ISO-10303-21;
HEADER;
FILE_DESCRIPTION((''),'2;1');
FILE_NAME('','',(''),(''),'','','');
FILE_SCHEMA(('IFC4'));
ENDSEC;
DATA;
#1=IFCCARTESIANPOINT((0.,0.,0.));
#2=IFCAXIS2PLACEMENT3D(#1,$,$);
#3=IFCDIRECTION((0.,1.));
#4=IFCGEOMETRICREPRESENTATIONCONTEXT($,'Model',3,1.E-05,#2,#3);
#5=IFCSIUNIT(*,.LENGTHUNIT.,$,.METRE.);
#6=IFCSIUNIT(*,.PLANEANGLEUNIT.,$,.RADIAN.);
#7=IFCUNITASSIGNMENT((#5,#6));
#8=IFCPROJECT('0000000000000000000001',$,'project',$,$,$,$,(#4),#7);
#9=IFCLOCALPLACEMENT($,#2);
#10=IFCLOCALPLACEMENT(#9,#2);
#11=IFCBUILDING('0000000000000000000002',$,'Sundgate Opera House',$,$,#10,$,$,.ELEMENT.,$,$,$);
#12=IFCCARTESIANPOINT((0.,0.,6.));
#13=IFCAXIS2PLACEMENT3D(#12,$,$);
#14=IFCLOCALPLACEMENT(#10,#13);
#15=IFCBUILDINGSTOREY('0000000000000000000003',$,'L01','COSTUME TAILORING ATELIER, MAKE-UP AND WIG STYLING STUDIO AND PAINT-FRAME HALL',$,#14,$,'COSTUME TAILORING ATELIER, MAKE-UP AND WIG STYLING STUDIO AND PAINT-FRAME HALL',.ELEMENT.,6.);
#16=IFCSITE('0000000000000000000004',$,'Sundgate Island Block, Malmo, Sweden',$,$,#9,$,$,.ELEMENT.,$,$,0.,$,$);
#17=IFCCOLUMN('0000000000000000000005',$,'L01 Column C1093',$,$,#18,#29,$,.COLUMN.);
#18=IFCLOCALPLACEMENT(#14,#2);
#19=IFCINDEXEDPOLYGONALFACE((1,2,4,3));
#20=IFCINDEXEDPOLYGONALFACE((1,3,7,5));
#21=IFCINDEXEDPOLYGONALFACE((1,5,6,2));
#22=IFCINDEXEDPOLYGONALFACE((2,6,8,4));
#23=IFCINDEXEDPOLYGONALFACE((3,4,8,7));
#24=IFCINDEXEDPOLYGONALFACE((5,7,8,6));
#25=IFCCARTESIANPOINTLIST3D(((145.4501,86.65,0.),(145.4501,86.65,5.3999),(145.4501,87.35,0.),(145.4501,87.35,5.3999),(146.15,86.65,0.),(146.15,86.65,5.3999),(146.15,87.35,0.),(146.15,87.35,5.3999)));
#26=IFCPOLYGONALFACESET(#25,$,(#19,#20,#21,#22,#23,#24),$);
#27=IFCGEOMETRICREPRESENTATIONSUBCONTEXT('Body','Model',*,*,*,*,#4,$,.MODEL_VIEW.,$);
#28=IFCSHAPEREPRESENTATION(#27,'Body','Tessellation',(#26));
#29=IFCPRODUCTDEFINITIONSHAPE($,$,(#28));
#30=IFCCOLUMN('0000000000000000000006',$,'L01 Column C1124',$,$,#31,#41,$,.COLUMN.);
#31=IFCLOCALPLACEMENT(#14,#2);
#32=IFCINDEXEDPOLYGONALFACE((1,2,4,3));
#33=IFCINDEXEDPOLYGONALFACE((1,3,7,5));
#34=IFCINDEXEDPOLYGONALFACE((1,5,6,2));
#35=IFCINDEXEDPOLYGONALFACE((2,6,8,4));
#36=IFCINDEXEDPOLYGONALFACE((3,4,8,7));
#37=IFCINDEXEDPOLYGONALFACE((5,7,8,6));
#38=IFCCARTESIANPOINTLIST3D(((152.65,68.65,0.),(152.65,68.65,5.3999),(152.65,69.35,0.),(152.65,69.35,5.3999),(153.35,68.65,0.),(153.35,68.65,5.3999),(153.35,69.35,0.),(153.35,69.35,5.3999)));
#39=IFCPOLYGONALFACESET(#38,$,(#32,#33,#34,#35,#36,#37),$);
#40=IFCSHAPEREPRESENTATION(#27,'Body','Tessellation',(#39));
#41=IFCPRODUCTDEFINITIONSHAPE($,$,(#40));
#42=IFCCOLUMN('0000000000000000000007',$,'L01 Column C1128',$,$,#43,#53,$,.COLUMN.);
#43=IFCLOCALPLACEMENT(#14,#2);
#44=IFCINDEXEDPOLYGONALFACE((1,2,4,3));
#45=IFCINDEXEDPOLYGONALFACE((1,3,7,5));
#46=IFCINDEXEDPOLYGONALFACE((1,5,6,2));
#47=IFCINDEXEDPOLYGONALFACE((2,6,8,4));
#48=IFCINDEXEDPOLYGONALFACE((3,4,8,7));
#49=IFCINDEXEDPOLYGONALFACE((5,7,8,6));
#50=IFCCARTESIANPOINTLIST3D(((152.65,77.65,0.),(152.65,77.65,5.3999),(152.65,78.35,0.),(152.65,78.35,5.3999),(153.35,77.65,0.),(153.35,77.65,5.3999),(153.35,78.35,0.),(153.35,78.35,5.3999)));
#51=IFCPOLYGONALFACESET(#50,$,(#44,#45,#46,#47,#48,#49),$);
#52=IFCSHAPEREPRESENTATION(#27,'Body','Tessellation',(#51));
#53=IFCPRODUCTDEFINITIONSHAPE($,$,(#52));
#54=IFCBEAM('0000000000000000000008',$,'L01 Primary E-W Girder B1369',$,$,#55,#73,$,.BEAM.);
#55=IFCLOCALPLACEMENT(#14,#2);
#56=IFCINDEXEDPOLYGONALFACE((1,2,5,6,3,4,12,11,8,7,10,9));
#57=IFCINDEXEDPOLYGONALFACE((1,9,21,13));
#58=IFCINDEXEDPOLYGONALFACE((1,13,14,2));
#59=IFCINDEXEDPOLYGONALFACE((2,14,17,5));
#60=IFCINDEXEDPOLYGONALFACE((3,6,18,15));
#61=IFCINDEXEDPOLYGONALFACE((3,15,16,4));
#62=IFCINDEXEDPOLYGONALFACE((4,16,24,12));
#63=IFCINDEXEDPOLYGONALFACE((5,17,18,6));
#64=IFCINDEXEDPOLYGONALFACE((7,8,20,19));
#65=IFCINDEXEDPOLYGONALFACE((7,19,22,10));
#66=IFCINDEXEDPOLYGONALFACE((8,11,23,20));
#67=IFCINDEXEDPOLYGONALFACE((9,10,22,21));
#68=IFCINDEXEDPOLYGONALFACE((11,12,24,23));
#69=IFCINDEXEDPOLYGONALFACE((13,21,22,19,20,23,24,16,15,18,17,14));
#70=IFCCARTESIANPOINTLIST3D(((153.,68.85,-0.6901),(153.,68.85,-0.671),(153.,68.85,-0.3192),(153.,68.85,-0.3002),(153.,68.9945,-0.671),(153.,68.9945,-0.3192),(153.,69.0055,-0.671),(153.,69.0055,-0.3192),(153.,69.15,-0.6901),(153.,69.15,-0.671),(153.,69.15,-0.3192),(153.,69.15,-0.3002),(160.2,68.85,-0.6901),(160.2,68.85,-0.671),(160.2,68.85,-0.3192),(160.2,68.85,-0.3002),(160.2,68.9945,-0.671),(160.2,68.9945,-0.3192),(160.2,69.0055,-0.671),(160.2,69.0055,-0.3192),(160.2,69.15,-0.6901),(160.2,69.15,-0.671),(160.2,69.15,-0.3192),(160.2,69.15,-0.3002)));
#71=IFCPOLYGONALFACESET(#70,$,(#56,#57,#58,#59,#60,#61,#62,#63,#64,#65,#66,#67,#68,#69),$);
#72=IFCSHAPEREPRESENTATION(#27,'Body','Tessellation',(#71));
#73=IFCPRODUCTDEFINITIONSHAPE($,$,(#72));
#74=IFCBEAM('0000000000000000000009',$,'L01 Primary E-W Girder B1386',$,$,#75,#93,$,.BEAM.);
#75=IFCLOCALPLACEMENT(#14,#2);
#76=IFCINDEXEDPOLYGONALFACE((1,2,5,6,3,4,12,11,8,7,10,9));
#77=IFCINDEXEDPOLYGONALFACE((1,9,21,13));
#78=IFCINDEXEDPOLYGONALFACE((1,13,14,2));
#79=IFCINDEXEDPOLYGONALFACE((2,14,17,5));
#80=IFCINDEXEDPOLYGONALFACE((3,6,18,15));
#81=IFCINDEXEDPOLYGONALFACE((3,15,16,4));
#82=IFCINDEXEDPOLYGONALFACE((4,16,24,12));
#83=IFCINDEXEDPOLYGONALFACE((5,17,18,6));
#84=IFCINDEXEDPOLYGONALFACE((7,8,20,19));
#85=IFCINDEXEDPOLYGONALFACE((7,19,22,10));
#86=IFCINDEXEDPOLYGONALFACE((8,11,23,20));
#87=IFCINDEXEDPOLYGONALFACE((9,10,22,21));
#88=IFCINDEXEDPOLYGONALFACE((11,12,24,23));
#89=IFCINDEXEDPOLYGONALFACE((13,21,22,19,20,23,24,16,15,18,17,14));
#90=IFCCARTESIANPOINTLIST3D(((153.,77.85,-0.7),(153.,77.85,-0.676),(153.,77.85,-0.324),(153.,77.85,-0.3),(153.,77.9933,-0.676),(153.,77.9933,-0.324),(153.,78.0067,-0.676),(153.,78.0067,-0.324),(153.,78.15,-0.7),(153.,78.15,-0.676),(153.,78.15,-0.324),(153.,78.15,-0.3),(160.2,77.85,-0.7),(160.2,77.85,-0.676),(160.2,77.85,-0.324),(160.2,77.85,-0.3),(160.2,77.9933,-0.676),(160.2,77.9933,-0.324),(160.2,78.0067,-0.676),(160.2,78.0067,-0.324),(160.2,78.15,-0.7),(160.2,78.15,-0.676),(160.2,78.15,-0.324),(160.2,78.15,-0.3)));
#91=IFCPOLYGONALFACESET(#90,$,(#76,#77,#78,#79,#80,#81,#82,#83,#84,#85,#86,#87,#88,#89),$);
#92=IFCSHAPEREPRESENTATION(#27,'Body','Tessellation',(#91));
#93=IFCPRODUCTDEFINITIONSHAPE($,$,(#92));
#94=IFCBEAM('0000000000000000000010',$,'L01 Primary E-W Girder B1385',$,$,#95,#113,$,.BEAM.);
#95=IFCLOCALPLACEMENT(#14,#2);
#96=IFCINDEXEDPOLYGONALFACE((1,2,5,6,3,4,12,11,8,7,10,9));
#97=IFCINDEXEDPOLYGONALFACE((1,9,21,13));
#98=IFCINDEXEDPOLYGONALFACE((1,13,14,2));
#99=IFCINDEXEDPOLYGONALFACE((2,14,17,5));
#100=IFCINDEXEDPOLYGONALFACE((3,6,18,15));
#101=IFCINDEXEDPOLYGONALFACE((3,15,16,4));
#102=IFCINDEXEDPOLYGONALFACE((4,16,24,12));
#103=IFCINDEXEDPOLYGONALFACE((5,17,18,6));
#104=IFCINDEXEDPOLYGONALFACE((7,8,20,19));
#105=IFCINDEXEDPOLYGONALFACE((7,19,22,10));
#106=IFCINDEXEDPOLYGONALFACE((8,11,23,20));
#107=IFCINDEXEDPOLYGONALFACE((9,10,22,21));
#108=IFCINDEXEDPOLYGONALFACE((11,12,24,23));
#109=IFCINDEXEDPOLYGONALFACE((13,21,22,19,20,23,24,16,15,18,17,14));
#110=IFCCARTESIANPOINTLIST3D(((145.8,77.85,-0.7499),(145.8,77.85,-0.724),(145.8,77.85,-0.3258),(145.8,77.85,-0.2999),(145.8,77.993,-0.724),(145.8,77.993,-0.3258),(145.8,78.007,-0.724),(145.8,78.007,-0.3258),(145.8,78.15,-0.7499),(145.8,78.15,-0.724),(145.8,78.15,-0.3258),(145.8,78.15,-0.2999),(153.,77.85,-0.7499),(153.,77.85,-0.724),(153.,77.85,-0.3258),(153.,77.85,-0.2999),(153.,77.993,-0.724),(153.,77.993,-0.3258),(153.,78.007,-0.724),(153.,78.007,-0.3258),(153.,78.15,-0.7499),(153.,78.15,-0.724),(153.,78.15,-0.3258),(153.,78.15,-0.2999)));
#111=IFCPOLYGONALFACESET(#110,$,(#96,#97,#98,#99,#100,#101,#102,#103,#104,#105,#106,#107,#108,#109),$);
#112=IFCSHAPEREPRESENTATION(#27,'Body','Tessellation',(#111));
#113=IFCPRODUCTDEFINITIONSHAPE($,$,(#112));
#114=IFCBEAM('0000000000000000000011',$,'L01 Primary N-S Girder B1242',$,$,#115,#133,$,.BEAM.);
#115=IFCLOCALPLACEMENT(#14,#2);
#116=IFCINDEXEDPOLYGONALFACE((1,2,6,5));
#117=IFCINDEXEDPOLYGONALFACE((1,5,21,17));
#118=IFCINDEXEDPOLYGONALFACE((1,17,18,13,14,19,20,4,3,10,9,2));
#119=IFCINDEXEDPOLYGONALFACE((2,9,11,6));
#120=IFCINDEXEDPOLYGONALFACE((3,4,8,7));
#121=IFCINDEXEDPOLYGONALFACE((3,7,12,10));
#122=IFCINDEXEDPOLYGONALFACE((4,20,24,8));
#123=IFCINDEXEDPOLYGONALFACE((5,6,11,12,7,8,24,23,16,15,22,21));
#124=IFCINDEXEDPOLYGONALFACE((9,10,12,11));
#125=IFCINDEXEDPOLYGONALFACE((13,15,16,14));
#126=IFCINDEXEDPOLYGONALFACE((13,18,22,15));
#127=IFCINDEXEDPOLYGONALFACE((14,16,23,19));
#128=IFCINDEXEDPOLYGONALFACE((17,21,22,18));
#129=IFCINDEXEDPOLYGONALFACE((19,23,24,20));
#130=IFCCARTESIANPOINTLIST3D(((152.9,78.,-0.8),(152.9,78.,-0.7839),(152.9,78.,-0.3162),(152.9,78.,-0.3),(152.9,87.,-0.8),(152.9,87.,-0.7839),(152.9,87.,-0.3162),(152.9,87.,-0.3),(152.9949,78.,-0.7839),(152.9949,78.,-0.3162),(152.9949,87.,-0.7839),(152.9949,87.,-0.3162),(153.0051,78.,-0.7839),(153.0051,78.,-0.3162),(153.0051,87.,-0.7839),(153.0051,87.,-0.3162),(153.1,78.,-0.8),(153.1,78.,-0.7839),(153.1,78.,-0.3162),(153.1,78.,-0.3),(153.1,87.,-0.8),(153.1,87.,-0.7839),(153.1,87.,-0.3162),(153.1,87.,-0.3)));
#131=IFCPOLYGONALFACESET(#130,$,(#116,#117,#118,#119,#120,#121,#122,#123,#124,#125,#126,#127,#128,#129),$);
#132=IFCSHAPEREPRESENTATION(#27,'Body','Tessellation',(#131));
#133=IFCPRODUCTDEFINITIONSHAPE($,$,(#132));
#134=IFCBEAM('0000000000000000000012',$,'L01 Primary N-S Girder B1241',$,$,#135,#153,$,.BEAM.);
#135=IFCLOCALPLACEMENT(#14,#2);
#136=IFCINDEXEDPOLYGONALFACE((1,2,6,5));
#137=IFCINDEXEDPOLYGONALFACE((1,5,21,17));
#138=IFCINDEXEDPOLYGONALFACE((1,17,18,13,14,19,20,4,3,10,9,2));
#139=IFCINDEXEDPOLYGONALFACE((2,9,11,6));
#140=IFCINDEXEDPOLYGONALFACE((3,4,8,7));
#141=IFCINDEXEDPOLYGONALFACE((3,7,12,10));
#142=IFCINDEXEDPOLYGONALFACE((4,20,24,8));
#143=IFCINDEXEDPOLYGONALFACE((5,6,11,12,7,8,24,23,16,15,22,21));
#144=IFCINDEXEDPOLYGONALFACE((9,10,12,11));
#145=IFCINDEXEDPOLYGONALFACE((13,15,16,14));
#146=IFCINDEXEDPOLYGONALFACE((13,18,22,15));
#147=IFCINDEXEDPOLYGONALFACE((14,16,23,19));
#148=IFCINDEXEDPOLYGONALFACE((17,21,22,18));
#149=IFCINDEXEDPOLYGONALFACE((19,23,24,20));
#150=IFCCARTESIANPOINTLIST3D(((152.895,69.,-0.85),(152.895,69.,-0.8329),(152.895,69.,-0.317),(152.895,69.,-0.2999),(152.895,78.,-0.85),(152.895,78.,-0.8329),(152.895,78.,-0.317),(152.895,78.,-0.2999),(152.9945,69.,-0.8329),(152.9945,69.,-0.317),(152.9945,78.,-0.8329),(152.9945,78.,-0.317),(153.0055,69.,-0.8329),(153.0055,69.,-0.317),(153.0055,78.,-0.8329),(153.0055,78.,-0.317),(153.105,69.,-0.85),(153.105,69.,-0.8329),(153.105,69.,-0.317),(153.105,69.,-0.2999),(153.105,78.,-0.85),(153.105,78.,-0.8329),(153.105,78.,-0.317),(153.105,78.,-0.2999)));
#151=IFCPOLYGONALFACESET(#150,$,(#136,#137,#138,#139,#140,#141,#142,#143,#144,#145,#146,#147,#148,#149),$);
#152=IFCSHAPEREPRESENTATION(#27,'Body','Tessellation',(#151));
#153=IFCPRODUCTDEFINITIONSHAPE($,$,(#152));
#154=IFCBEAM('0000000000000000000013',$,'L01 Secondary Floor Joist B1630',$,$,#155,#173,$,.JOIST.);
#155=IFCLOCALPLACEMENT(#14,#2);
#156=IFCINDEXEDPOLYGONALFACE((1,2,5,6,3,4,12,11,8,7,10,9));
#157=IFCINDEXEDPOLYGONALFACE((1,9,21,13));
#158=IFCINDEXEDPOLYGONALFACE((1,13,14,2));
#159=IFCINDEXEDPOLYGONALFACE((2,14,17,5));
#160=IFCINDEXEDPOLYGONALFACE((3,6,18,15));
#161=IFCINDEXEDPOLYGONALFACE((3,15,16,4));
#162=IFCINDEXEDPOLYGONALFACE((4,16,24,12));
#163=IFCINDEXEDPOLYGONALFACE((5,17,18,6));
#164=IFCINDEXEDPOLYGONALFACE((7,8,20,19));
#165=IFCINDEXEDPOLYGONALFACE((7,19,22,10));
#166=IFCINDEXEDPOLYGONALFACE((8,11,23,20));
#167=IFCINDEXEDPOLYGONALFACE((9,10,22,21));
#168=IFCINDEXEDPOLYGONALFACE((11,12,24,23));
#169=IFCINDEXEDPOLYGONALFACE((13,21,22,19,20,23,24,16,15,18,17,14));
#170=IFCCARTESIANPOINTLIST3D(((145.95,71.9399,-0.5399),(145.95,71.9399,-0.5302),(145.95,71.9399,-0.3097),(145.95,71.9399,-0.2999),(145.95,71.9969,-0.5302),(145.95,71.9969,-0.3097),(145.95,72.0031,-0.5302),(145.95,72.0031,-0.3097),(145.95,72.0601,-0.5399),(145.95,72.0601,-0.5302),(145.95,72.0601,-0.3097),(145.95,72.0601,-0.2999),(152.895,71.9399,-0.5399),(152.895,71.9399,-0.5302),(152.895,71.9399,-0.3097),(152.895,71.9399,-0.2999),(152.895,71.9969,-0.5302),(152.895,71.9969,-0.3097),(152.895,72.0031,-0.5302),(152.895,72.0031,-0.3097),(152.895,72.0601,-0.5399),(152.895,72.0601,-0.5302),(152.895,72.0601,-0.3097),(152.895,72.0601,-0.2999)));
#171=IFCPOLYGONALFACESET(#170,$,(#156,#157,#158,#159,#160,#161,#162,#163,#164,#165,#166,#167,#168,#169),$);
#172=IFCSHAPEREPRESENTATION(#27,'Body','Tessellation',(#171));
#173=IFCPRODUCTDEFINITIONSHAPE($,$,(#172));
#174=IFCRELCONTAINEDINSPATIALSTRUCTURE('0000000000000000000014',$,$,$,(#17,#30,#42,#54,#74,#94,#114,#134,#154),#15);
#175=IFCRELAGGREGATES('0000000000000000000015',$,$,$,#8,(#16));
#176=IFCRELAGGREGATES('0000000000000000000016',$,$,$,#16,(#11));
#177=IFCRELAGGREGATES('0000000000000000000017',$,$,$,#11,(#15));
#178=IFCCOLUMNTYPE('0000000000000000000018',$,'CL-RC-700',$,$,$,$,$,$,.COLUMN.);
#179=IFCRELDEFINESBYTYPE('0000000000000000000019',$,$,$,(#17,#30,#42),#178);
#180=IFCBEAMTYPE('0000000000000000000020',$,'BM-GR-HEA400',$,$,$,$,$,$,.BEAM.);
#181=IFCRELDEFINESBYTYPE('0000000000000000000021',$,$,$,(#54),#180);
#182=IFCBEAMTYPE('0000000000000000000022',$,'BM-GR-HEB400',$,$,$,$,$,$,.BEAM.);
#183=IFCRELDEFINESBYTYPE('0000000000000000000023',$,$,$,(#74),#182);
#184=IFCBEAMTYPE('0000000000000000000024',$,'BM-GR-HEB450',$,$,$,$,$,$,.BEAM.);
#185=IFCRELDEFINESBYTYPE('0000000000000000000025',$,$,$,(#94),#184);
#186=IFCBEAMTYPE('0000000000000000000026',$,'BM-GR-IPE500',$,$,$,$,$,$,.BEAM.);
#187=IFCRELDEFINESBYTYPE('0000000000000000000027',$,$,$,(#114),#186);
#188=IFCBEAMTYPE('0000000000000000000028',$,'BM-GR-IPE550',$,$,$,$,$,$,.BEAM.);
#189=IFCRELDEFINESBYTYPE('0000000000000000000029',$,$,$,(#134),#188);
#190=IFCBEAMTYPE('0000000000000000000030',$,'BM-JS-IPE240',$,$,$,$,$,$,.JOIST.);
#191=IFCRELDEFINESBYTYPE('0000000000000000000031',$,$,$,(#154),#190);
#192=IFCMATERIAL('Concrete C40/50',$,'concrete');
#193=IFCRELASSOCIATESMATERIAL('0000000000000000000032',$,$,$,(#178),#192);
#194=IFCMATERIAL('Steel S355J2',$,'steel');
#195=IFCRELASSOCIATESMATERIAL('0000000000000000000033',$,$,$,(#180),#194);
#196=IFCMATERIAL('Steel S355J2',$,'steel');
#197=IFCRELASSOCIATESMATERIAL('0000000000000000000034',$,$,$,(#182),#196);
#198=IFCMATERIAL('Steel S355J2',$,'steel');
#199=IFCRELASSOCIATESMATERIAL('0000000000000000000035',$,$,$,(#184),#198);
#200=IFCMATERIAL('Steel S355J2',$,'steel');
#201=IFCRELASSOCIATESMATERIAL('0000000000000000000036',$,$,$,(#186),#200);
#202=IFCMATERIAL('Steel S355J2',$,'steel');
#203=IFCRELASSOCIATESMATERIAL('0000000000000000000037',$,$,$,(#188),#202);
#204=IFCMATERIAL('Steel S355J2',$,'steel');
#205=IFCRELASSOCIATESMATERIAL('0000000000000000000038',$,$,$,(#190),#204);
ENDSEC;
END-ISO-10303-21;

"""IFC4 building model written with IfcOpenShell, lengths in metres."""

from ifc_helpers import new_model, si_unit, direction, frame, origin, origin_2d, place, context, subcontext, project, spatial, rectangle, i_section, extrude, material, material_profile, profile_set, type_object, element, save


model = new_model("IFC4")

# Units and contexts
model_context = context("Model", 3, precision=1e-05, world=origin(), true_north=direction((0.0, 1.0)))
body_context = subcontext(model_context, "Body", "Model", "MODEL_VIEW")
ifc_project = project(units=[si_unit("LENGTHUNIT", "METRE"), si_unit("PLANEANGLEUNIT", "RADIAN")], contexts=[model_context])

# Site, building, storey
site_placement = place(None, origin())
site = spatial("IfcSite", under=ifc_project, at=site_placement, Name="Sundgate Island Block, Malmo, Sweden", CompositionType="ELEMENT", RefElevation=0.0)
building_placement = place(site_placement, origin())
building = spatial("IfcBuilding", under=site, at=building_placement, Name="Sundgate Opera House", CompositionType="ELEMENT")
storey_placement = place(building_placement, frame((0.0, 0.0, 6.0)))
storey = spatial("IfcBuildingStorey", under=building, at=storey_placement, Name="L01", Description="COSTUME TAILORING ATELIER, MAKE-UP AND WIG STYLING STUDIO AND PAINT-FRAME HALL", LongName="COSTUME TAILORING ATELIER, MAKE-UP AND WIG STYLING STUDIO AND PAINT-FRAME HALL", CompositionType="ELEMENT", Elevation=6.0)

# Columns
ifc_material_1 = material(Name="Concrete C40/50", Category="concrete")
ifc_material_profile_1 = material_profile(ifc_material_1, rectangle(XDim=0.7, YDim=0.7, at=origin_2d()), Name="RC 700x700")
ifc_profile_set_1 = profile_set([ifc_material_profile_1], Name="Concrete C40/50")
column_type = type_object("IfcColumnType", Name="CL-RC-700", PredefinedType="COLUMN", material=ifc_profile_set_1)
for number, where, z_axis, x_axis, name in (
    (1, (145.8, 87.0, 0.0), (0.0, 0.0, 1.0), (1.0, 0.0, 0.0), "L01 Column C1093"),
    (2, (153.0, 69.0, 0.0), (0.0, 0.0, 1.0), (1.0, 0.0, 0.0), "L01 Column C1124"),
    (3, (153.0, 78.0, 0.0), (0.0, 0.0, 1.0), (1.0, 0.0, 0.0), "L01 Column C1128"),
):
    element("IfcColumn", number, at=place(storey_placement, frame(where, z_axis=z_axis, x_axis=x_axis)), inside=storey, type_object=column_type, Name=name, PredefinedType="COLUMN", context=body_context, shape_type="SweptSolid", body=[
        extrude(rectangle(XDim=0.7, YDim=0.7, at=origin_2d()), origin(), (0.0, 0.0, 1.0), 5.3999),
    ])

# Beams
ifc_material_2 = material(Name="Steel S355J2", Category="steel")
ifc_material_profile_2 = material_profile(ifc_material_2, i_section(OverallWidth=0.3, OverallDepth=0.3899, WebThickness=0.011, FlangeThickness=0.019, at=origin_2d()), Name="HEA 400")
ifc_profile_set_2 = profile_set([ifc_material_profile_2], Name="Steel S355J2")
beam_type_1 = type_object("IfcBeamType", Name="BM-GR-HEA400", PredefinedType="BEAM", material=ifc_profile_set_2)
beam_1_placement = place(storey_placement, frame((153.0, 69.0, -0.4951), z_axis=(1.0, 0.0, 0.0), x_axis=(0.0, 1.0, 0.0)))
element("IfcBeam", 4, at=beam_1_placement, inside=storey, type_object=beam_type_1, Name="L01 Primary E-W Girder B1369", PredefinedType="BEAM", context=body_context, shape_type="SweptSolid", body=[
    extrude(i_section(OverallWidth=0.3, OverallDepth=0.3899, WebThickness=0.011, FlangeThickness=0.019, at=origin_2d()), origin(), (0.0, 0.0, 1.0), 7.2),
])
ifc_material_3 = material(Name="Steel S355J2", Category="steel")
ifc_material_profile_3 = material_profile(ifc_material_3, i_section(OverallWidth=0.3, OverallDepth=0.3999, WebThickness=0.0134, FlangeThickness=0.0239, at=origin_2d()), Name="HEB 400")
ifc_profile_set_3 = profile_set([ifc_material_profile_3], Name="Steel S355J2")
beam_type_2 = type_object("IfcBeamType", Name="BM-GR-HEB400", PredefinedType="BEAM", material=ifc_profile_set_3)
beam_2_placement = place(storey_placement, frame((153.0, 78.0, -0.5), z_axis=(1.0, 0.0, 0.0), x_axis=(0.0, 1.0, 0.0)))
element("IfcBeam", 5, at=beam_2_placement, inside=storey, type_object=beam_type_2, Name="L01 Primary E-W Girder B1386", PredefinedType="BEAM", context=body_context, shape_type="SweptSolid", body=[
    extrude(i_section(OverallWidth=0.3, OverallDepth=0.3999, WebThickness=0.0134, FlangeThickness=0.0239, at=origin_2d()), origin(), (0.0, 0.0, 1.0), 7.2),
])
ifc_material_4 = material(Name="Steel S355J2", Category="steel")
ifc_material_profile_4 = material_profile(ifc_material_4, i_section(OverallWidth=0.3, OverallDepth=0.45, WebThickness=0.0139, FlangeThickness=0.0259, at=origin_2d()), Name="HEB 450")
ifc_profile_set_4 = profile_set([ifc_material_profile_4], Name="Steel S355J2")
beam_type_3 = type_object("IfcBeamType", Name="BM-GR-HEB450", PredefinedType="BEAM", material=ifc_profile_set_4)
beam_3_placement = place(storey_placement, frame((145.8, 78.0, -0.5249), z_axis=(1.0, 0.0, 0.0), x_axis=(0.0, 1.0, 0.0)))
element("IfcBeam", 6, at=beam_3_placement, inside=storey, type_object=beam_type_3, Name="L01 Primary E-W Girder B1385", PredefinedType="BEAM", context=body_context, shape_type="SweptSolid", body=[
    extrude(i_section(OverallWidth=0.3, OverallDepth=0.45, WebThickness=0.0139, FlangeThickness=0.0259, at=origin_2d()), origin(), (0.0, 0.0, 1.0), 7.2),
])
ifc_material_5 = material(Name="Steel S355J2", Category="steel")
ifc_material_profile_5 = material_profile(ifc_material_5, i_section(OverallWidth=0.2, OverallDepth=0.5, WebThickness=0.0103, FlangeThickness=0.0161, at=origin_2d()), Name="IPE 500")
ifc_profile_set_5 = profile_set([ifc_material_profile_5], Name="Steel S355J2")
beam_type_4 = type_object("IfcBeamType", Name="BM-GR-IPE500", PredefinedType="BEAM", material=ifc_profile_set_5)
beam_4_placement = place(storey_placement, frame((153.0, 78.0, -0.55), z_axis=(0.0, 1.0, 0.0), x_axis=(-1.0, 0.0, 0.0)))
element("IfcBeam", 7, at=beam_4_placement, inside=storey, type_object=beam_type_4, Name="L01 Primary N-S Girder B1242", PredefinedType="BEAM", context=body_context, shape_type="SweptSolid", body=[
    extrude(i_section(OverallWidth=0.2, OverallDepth=0.5, WebThickness=0.0103, FlangeThickness=0.0161, at=origin_2d()), origin(), (0.0, 0.0, 1.0), 9.0),
])
ifc_material_6 = material(Name="Steel S355J2", Category="steel")
ifc_material_profile_6 = material_profile(ifc_material_6, i_section(OverallWidth=0.21, OverallDepth=0.55, WebThickness=0.011, FlangeThickness=0.0171, at=origin_2d()), Name="IPE 550")
ifc_profile_set_6 = profile_set([ifc_material_profile_6], Name="Steel S355J2")
beam_type_5 = type_object("IfcBeamType", Name="BM-GR-IPE550", PredefinedType="BEAM", material=ifc_profile_set_6)
beam_5_placement = place(storey_placement, frame((153.0, 69.0, -0.575), z_axis=(0.0, 1.0, 0.0), x_axis=(-1.0, 0.0, 0.0)))
element("IfcBeam", 8, at=beam_5_placement, inside=storey, type_object=beam_type_5, Name="L01 Primary N-S Girder B1241", PredefinedType="BEAM", context=body_context, shape_type="SweptSolid", body=[
    extrude(i_section(OverallWidth=0.21, OverallDepth=0.55, WebThickness=0.011, FlangeThickness=0.0171, at=origin_2d()), origin(), (0.0, 0.0, 1.0), 9.0),
])
ifc_material_7 = material(Name="Steel S355J2", Category="steel")
ifc_material_profile_7 = material_profile(ifc_material_7, i_section(OverallWidth=0.1201, OverallDepth=0.24, WebThickness=0.0061, FlangeThickness=0.0098, at=origin_2d()), Name="IPE 240")
ifc_profile_set_7 = profile_set([ifc_material_profile_7], Name="Steel S355J2")
beam_type_6 = type_object("IfcBeamType", Name="BM-JS-IPE240", PredefinedType="JOIST", material=ifc_profile_set_7)
beam_6_placement = place(storey_placement, frame((145.95, 72.0, -0.4199), z_axis=(1.0, 0.0, 0.0), x_axis=(0.0, 1.0, 0.0)))
element("IfcBeam", 9, at=beam_6_placement, inside=storey, type_object=beam_type_6, Name="L01 Secondary Floor Joist B1630", PredefinedType="JOIST", context=body_context, shape_type="SweptSolid", body=[
    extrude(i_section(OverallWidth=0.1201, OverallDepth=0.24, WebThickness=0.0061, FlangeThickness=0.0098, at=origin_2d()), origin(), (0.0, 0.0, 1.0), 6.9451),
])

save(model, "model.ifc")
